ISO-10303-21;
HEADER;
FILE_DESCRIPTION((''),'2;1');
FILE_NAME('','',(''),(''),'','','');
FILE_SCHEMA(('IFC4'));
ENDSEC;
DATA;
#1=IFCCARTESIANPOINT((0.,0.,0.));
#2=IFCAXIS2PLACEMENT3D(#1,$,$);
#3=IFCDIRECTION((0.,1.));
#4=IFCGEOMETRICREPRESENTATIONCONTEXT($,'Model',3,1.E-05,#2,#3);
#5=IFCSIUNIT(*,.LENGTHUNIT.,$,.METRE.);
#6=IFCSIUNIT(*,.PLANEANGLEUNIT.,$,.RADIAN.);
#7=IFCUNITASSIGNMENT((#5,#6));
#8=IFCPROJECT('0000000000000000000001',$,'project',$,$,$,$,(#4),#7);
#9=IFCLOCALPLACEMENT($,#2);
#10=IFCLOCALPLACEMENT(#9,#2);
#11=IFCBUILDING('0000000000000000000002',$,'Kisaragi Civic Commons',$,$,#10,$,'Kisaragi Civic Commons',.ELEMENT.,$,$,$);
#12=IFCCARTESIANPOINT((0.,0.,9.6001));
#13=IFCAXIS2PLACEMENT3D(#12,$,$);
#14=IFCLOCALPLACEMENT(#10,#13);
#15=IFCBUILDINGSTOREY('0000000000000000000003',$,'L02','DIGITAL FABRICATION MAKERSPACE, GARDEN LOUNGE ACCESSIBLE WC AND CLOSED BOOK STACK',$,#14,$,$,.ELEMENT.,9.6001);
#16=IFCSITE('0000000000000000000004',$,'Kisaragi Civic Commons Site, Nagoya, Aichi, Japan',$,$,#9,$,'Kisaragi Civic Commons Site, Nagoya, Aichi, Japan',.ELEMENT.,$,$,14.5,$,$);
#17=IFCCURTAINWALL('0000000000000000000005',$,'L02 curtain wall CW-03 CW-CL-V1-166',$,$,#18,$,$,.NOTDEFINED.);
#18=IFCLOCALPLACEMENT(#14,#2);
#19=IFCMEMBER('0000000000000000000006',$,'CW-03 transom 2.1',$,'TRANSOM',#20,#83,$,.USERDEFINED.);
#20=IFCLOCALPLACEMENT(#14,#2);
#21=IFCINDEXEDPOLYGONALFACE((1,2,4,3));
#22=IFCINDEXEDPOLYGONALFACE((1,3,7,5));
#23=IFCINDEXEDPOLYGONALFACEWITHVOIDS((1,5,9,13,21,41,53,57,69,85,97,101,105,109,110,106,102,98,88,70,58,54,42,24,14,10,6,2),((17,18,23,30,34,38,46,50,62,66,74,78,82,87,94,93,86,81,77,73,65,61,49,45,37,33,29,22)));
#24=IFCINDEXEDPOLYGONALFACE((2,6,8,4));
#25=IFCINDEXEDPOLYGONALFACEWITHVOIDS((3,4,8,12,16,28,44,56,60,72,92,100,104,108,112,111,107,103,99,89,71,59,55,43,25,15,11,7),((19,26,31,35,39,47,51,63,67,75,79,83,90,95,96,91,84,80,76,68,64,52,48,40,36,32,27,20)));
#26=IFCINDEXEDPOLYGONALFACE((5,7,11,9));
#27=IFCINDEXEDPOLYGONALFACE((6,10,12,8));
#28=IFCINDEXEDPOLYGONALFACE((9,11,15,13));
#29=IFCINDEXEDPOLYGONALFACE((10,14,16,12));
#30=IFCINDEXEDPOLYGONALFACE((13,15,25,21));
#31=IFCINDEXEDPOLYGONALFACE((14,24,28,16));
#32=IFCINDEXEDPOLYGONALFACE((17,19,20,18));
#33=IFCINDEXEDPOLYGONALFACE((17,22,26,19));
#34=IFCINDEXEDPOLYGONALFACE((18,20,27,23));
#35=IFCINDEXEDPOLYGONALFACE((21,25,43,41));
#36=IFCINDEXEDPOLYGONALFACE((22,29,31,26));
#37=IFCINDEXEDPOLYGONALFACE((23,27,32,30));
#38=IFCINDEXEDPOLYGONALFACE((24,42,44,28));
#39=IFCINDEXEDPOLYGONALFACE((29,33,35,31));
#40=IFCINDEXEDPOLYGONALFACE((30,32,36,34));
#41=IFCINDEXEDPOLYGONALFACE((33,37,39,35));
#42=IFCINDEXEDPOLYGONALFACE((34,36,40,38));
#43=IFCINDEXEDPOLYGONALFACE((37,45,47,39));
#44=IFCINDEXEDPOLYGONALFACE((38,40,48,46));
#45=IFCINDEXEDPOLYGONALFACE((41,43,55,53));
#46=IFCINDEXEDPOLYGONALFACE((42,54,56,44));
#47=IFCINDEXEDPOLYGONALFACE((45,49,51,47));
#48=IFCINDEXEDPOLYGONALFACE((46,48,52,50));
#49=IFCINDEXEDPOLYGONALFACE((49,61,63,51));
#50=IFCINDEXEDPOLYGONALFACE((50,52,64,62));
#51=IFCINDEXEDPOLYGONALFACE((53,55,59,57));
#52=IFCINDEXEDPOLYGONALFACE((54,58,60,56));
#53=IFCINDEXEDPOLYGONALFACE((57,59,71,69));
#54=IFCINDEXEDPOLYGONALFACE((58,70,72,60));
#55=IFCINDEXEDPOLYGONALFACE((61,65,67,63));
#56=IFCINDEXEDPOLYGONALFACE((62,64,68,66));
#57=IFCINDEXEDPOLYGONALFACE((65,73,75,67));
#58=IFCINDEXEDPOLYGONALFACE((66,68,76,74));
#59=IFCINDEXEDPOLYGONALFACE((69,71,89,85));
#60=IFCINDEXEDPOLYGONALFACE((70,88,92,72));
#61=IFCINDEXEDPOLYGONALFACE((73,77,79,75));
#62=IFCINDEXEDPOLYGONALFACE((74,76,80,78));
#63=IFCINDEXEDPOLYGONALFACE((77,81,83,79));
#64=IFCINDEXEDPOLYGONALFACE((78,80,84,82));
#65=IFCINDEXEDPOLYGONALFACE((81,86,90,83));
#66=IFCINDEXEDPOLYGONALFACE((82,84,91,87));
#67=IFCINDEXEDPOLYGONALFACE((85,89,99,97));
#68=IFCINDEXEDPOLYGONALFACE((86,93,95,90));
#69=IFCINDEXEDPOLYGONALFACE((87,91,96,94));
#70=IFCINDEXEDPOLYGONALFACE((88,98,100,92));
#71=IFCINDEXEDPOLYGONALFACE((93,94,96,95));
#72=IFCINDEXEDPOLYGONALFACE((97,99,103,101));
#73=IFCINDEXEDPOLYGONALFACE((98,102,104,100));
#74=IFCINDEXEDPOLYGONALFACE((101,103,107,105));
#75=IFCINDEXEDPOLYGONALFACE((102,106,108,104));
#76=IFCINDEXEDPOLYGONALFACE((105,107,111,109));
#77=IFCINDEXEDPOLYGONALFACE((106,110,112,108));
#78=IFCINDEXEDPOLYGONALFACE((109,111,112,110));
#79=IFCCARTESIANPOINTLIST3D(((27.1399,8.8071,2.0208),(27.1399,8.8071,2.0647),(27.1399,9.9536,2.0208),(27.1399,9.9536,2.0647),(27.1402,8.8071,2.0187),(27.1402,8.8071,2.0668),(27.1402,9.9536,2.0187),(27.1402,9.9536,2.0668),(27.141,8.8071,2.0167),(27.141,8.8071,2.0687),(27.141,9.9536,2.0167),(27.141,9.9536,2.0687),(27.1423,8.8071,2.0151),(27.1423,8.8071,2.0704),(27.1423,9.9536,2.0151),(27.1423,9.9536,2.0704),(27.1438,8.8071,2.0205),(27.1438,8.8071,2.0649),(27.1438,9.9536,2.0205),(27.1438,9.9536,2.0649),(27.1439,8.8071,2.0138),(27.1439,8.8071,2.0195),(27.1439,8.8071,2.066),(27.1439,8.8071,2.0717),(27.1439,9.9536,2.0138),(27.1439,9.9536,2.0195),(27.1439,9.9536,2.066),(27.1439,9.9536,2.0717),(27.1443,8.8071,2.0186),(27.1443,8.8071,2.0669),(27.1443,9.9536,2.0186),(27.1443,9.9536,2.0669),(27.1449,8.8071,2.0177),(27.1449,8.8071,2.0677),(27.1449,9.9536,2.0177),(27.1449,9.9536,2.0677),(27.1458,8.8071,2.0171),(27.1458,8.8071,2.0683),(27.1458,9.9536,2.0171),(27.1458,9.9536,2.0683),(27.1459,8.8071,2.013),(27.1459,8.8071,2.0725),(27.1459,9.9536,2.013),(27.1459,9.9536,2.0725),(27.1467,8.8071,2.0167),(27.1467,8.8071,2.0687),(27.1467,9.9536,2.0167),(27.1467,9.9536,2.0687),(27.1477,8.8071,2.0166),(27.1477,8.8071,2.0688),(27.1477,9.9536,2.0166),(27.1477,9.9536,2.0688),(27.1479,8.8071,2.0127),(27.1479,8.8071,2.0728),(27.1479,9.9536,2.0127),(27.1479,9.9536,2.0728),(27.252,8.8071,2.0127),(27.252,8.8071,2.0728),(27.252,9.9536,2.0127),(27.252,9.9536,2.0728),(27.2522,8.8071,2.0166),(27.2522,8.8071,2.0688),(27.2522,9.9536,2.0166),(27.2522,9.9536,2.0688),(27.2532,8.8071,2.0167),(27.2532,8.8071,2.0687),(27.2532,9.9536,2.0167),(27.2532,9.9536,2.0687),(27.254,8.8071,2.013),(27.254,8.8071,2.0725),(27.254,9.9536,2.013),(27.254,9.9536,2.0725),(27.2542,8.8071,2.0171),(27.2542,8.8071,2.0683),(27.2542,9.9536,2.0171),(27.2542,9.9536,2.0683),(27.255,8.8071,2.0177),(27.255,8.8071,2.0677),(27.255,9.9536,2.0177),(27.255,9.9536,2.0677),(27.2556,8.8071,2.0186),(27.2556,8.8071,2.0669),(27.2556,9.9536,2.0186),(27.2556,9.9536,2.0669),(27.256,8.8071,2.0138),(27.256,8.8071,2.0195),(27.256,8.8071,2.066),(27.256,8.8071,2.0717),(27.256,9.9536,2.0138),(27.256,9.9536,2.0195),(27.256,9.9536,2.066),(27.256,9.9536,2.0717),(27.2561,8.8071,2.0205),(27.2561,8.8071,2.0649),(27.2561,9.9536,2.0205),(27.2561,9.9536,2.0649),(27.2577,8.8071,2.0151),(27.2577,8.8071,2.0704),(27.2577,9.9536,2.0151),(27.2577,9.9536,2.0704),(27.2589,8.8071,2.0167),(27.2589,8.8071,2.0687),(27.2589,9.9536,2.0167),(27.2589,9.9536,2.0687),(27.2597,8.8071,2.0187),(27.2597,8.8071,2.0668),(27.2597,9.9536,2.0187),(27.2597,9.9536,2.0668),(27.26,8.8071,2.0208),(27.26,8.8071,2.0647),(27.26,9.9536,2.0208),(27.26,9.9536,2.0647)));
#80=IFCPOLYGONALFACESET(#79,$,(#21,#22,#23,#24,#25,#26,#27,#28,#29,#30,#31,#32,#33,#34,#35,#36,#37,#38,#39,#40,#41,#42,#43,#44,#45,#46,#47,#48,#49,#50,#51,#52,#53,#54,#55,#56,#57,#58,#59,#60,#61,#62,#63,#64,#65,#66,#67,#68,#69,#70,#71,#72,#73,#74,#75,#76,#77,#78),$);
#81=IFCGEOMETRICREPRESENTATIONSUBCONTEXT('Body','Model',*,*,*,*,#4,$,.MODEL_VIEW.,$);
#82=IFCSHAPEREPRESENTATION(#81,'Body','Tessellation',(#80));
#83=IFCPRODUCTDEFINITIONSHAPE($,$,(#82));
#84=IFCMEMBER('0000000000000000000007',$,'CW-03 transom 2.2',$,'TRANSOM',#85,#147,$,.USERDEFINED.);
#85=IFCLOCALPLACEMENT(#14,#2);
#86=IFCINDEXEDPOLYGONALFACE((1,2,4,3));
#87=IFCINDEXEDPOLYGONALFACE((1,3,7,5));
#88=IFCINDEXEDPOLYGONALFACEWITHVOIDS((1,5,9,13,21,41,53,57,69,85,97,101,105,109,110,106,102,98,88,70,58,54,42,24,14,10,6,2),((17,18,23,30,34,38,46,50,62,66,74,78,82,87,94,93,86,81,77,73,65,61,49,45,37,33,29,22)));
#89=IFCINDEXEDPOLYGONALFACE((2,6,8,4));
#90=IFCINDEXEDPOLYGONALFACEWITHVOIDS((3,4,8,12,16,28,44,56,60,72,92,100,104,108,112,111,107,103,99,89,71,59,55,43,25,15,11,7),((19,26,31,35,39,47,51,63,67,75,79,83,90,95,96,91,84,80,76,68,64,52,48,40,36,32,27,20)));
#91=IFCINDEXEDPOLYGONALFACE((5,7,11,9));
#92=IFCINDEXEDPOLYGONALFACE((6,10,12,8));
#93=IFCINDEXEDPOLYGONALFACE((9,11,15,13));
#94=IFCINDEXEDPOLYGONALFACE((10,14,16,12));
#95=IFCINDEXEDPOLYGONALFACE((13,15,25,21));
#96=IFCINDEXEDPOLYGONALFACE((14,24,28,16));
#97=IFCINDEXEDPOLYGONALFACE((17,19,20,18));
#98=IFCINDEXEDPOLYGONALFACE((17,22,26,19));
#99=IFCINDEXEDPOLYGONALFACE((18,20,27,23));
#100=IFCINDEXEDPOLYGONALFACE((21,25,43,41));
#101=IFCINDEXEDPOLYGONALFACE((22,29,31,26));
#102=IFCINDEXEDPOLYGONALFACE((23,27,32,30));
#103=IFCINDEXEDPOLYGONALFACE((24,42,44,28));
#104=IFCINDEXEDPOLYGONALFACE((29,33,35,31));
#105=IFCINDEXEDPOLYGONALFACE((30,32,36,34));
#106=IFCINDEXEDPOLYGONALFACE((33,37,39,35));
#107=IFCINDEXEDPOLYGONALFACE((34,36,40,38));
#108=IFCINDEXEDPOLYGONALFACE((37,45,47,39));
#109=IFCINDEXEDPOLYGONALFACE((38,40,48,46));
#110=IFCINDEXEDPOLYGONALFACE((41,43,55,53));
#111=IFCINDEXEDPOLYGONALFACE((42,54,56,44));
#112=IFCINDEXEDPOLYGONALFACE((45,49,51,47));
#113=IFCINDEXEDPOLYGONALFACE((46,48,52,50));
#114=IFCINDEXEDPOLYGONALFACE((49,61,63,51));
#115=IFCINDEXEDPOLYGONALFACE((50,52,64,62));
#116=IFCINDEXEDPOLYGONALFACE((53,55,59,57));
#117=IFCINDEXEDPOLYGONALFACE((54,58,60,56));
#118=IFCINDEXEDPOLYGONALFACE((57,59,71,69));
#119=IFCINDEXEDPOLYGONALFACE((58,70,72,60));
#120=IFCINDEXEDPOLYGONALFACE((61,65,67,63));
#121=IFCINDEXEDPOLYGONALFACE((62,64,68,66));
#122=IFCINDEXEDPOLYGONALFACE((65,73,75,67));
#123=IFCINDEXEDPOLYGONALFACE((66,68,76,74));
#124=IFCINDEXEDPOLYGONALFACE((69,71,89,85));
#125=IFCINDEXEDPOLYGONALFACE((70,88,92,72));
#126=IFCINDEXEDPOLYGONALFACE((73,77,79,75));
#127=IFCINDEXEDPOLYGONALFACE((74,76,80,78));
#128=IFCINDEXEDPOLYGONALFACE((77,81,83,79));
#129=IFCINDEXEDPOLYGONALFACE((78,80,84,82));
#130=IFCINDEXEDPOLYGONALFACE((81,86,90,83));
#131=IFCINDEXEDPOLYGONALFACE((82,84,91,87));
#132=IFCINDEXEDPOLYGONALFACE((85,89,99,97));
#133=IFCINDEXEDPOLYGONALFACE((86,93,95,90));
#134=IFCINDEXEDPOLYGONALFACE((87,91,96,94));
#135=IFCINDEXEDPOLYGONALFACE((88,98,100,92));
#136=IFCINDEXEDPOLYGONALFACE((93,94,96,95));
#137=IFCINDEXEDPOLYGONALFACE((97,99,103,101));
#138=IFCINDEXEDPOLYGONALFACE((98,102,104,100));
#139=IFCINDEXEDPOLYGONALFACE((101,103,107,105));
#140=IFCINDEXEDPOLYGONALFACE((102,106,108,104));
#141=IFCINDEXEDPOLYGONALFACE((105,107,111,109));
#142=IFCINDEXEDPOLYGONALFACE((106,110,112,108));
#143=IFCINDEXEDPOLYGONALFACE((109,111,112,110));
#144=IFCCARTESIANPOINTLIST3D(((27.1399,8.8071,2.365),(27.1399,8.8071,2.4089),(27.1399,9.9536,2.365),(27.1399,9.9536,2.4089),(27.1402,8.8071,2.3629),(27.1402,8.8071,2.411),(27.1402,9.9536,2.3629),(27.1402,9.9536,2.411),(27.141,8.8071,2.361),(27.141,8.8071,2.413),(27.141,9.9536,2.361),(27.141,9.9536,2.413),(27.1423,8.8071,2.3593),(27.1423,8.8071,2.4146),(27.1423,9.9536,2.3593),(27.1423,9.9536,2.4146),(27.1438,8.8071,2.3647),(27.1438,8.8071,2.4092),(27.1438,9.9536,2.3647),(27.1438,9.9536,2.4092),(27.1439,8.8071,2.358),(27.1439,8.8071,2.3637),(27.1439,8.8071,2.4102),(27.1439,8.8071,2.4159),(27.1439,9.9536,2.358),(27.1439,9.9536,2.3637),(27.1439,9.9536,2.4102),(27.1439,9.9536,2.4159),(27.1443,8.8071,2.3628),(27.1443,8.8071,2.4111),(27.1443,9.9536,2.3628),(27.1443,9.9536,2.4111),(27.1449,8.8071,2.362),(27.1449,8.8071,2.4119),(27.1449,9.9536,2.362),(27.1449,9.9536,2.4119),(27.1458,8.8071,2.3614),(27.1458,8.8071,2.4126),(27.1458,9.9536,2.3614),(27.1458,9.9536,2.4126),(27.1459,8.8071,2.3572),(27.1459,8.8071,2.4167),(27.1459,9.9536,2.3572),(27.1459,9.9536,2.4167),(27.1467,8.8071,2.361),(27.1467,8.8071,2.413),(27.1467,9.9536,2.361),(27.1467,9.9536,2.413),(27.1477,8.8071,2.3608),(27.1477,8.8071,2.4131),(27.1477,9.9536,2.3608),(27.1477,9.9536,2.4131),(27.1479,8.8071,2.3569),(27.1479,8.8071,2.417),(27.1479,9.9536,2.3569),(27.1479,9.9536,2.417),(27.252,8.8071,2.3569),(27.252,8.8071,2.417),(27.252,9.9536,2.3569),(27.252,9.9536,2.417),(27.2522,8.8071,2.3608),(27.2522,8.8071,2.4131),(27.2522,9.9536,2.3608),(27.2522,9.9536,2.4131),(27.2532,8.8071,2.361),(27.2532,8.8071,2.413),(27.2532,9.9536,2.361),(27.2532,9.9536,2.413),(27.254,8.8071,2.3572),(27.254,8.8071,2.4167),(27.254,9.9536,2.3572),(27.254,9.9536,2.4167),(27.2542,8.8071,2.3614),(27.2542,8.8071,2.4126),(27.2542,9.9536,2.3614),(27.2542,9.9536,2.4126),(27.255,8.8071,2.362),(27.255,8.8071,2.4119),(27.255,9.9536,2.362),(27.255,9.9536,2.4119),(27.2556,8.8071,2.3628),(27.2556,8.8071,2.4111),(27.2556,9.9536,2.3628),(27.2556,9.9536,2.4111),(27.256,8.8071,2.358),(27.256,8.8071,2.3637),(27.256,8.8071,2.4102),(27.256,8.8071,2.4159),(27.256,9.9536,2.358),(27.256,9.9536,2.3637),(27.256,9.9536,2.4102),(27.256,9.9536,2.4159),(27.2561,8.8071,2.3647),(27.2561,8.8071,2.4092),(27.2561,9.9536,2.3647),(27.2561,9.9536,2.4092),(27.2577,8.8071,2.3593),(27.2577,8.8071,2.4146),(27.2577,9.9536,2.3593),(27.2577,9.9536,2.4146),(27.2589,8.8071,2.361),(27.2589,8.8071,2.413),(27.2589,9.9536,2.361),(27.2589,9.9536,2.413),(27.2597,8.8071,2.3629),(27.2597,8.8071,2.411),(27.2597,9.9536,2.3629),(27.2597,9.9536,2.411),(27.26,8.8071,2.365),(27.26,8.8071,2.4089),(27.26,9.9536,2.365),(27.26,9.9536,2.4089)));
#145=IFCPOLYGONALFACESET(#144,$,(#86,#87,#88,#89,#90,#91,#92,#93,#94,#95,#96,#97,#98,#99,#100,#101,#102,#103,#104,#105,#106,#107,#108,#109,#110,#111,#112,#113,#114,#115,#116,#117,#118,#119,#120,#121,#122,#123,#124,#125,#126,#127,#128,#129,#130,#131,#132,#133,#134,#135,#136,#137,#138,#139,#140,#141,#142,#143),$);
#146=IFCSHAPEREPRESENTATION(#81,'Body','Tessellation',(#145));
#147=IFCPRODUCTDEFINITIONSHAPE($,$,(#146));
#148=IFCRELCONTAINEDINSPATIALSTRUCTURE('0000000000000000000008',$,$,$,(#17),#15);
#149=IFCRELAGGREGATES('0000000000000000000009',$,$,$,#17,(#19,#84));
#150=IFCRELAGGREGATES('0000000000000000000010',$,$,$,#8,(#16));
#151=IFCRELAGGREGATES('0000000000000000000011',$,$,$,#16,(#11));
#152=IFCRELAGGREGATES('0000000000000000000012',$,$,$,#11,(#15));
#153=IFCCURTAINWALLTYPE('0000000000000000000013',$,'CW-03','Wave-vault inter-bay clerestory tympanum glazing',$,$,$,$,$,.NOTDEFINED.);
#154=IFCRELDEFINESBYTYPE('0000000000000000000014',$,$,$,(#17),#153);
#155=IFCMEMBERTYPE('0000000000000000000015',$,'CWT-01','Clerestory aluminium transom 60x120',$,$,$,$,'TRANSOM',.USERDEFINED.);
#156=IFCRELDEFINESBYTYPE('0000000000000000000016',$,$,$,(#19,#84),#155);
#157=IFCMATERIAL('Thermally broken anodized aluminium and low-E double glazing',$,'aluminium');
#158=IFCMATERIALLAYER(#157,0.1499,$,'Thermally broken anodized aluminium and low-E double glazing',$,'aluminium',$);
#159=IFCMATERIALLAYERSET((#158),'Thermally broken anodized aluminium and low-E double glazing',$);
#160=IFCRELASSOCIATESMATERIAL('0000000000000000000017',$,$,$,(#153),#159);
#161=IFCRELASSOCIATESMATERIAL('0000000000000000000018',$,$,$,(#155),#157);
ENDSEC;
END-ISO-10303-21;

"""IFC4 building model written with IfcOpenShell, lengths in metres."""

from ifc_helpers import new_model, si_unit, direction, frame, origin, origin_2d, place, context, subcontext, project, spatial, hollow_rectangle, extrude, material, layer, layer_set, material_profile, profile_set, type_object, element, aggregate, save


model = new_model("IFC4")

# Units and contexts
model_context = context("Model", 3, precision=1e-05, world=origin(), true_north=direction((0.0, 1.0)))
body_context = subcontext(model_context, "Body", "Model", "MODEL_VIEW")
ifc_project = project(units=[si_unit("LENGTHUNIT", "METRE"), si_unit("PLANEANGLEUNIT", "RADIAN")], contexts=[model_context])

# Site, building, storey
site_placement = place(None, origin())
site = spatial("IfcSite", under=ifc_project, at=site_placement, Name="Kisaragi Civic Commons Site, Nagoya, Aichi, Japan", LongName="Kisaragi Civic Commons Site, Nagoya, Aichi, Japan", CompositionType="ELEMENT", RefElevation=14.5)
building_placement = place(site_placement, origin())
building = spatial("IfcBuilding", under=site, at=building_placement, Name="Kisaragi Civic Commons", LongName="Kisaragi Civic Commons", CompositionType="ELEMENT")
storey_placement = place(building_placement, frame((0.0, 0.0, 9.6001)))
storey = spatial("IfcBuildingStorey", under=building, at=storey_placement, Name="L02", Description="DIGITAL FABRICATION MAKERSPACE, GARDEN LOUNGE ACCESSIBLE WC AND CLOSED BOOK STACK", CompositionType="ELEMENT", Elevation=9.6001)

# Shared definitions
ifc_material_1 = material(Name="Thermally broken anodized aluminium and low-E double glazing", Category="aluminium")
ifc_layer_1 = layer(ifc_material_1, 0.1499, Name="Thermally broken anodized aluminium and low-E double glazing", Category="aluminium")
ifc_layer_set_1 = layer_set([ifc_layer_1], Name="Thermally broken anodized aluminium and low-E double glazing")
curtain_wall_type = type_object("IfcCurtainWallType", Name="CW-03", Description="Wave-vault inter-bay clerestory tympanum glazing", PredefinedType="NOTDEFINED", material=ifc_layer_set_1)

# Curtain wall
curtain_wall_1_placement = place(storey_placement, origin())
curtain_wall_1 = element("IfcCurtainWall", 1, at=curtain_wall_1_placement, inside=storey, type_object=curtain_wall_type, Name="L02 curtain wall CW-03 CW-CL-V1-166", PredefinedType="NOTDEFINED")

# Members
ifc_material_profile_1 = material_profile(ifc_material_1, hollow_rectangle(XDim=0.1201, YDim=0.0601, WallThickness=0.0039, InnerFilletRadius=0.0039, OuterFilletRadius=0.0081, at=origin_2d()), Name="CWT-60x120x4", Category="aluminium")
ifc_profile_set_1 = profile_set([ifc_material_profile_1], Name="Thermally broken anodized aluminium and low-E double glazing")
member_type_1 = type_object("IfcMemberType", Name="CWT-01", Description="Clerestory aluminium transom 60x120", ElementType="TRANSOM", PredefinedType="USERDEFINED", material=ifc_profile_set_1)
member_1_placement = place(storey_placement, frame((27.2, 8.8071, 2.0427), z_axis=(0.0, 1.0, 0.0), x_axis=(-1.0, 0.0, 0.0)))
member_1 = element("IfcMember", 2, at=member_1_placement, type_object=member_type_1, Name="CW-03 transom 2.1", ObjectType="TRANSOM", PredefinedType="USERDEFINED", context=body_context, shape_type="SweptSolid", body=[
    extrude(hollow_rectangle(XDim=0.1201, YDim=0.0601, WallThickness=0.0039, InnerFilletRadius=0.0039, OuterFilletRadius=0.0081, at=origin_2d()), origin(), (0.0, 0.0, 1.0), 1.1465),
])
member_2_placement = place(storey_placement, frame((27.2, 8.8071, 2.387), z_axis=(0.0, 1.0, 0.0), x_axis=(-1.0, 0.0, 0.0)))
member_2 = element("IfcMember", 3, at=member_2_placement, type_object=member_type_1, Name="CW-03 transom 2.2", ObjectType="TRANSOM", PredefinedType="USERDEFINED", context=body_context, shape_type="SweptSolid", body=[
    extrude(hollow_rectangle(XDim=0.1201, YDim=0.0601, WallThickness=0.0039, InnerFilletRadius=0.0039, OuterFilletRadius=0.0081, at=origin_2d()), origin(), (0.0, 0.0, 1.0), 1.1465),
])

aggregate(curtain_wall_1, [member_1, member_2])

save(model, "model.ifc")
